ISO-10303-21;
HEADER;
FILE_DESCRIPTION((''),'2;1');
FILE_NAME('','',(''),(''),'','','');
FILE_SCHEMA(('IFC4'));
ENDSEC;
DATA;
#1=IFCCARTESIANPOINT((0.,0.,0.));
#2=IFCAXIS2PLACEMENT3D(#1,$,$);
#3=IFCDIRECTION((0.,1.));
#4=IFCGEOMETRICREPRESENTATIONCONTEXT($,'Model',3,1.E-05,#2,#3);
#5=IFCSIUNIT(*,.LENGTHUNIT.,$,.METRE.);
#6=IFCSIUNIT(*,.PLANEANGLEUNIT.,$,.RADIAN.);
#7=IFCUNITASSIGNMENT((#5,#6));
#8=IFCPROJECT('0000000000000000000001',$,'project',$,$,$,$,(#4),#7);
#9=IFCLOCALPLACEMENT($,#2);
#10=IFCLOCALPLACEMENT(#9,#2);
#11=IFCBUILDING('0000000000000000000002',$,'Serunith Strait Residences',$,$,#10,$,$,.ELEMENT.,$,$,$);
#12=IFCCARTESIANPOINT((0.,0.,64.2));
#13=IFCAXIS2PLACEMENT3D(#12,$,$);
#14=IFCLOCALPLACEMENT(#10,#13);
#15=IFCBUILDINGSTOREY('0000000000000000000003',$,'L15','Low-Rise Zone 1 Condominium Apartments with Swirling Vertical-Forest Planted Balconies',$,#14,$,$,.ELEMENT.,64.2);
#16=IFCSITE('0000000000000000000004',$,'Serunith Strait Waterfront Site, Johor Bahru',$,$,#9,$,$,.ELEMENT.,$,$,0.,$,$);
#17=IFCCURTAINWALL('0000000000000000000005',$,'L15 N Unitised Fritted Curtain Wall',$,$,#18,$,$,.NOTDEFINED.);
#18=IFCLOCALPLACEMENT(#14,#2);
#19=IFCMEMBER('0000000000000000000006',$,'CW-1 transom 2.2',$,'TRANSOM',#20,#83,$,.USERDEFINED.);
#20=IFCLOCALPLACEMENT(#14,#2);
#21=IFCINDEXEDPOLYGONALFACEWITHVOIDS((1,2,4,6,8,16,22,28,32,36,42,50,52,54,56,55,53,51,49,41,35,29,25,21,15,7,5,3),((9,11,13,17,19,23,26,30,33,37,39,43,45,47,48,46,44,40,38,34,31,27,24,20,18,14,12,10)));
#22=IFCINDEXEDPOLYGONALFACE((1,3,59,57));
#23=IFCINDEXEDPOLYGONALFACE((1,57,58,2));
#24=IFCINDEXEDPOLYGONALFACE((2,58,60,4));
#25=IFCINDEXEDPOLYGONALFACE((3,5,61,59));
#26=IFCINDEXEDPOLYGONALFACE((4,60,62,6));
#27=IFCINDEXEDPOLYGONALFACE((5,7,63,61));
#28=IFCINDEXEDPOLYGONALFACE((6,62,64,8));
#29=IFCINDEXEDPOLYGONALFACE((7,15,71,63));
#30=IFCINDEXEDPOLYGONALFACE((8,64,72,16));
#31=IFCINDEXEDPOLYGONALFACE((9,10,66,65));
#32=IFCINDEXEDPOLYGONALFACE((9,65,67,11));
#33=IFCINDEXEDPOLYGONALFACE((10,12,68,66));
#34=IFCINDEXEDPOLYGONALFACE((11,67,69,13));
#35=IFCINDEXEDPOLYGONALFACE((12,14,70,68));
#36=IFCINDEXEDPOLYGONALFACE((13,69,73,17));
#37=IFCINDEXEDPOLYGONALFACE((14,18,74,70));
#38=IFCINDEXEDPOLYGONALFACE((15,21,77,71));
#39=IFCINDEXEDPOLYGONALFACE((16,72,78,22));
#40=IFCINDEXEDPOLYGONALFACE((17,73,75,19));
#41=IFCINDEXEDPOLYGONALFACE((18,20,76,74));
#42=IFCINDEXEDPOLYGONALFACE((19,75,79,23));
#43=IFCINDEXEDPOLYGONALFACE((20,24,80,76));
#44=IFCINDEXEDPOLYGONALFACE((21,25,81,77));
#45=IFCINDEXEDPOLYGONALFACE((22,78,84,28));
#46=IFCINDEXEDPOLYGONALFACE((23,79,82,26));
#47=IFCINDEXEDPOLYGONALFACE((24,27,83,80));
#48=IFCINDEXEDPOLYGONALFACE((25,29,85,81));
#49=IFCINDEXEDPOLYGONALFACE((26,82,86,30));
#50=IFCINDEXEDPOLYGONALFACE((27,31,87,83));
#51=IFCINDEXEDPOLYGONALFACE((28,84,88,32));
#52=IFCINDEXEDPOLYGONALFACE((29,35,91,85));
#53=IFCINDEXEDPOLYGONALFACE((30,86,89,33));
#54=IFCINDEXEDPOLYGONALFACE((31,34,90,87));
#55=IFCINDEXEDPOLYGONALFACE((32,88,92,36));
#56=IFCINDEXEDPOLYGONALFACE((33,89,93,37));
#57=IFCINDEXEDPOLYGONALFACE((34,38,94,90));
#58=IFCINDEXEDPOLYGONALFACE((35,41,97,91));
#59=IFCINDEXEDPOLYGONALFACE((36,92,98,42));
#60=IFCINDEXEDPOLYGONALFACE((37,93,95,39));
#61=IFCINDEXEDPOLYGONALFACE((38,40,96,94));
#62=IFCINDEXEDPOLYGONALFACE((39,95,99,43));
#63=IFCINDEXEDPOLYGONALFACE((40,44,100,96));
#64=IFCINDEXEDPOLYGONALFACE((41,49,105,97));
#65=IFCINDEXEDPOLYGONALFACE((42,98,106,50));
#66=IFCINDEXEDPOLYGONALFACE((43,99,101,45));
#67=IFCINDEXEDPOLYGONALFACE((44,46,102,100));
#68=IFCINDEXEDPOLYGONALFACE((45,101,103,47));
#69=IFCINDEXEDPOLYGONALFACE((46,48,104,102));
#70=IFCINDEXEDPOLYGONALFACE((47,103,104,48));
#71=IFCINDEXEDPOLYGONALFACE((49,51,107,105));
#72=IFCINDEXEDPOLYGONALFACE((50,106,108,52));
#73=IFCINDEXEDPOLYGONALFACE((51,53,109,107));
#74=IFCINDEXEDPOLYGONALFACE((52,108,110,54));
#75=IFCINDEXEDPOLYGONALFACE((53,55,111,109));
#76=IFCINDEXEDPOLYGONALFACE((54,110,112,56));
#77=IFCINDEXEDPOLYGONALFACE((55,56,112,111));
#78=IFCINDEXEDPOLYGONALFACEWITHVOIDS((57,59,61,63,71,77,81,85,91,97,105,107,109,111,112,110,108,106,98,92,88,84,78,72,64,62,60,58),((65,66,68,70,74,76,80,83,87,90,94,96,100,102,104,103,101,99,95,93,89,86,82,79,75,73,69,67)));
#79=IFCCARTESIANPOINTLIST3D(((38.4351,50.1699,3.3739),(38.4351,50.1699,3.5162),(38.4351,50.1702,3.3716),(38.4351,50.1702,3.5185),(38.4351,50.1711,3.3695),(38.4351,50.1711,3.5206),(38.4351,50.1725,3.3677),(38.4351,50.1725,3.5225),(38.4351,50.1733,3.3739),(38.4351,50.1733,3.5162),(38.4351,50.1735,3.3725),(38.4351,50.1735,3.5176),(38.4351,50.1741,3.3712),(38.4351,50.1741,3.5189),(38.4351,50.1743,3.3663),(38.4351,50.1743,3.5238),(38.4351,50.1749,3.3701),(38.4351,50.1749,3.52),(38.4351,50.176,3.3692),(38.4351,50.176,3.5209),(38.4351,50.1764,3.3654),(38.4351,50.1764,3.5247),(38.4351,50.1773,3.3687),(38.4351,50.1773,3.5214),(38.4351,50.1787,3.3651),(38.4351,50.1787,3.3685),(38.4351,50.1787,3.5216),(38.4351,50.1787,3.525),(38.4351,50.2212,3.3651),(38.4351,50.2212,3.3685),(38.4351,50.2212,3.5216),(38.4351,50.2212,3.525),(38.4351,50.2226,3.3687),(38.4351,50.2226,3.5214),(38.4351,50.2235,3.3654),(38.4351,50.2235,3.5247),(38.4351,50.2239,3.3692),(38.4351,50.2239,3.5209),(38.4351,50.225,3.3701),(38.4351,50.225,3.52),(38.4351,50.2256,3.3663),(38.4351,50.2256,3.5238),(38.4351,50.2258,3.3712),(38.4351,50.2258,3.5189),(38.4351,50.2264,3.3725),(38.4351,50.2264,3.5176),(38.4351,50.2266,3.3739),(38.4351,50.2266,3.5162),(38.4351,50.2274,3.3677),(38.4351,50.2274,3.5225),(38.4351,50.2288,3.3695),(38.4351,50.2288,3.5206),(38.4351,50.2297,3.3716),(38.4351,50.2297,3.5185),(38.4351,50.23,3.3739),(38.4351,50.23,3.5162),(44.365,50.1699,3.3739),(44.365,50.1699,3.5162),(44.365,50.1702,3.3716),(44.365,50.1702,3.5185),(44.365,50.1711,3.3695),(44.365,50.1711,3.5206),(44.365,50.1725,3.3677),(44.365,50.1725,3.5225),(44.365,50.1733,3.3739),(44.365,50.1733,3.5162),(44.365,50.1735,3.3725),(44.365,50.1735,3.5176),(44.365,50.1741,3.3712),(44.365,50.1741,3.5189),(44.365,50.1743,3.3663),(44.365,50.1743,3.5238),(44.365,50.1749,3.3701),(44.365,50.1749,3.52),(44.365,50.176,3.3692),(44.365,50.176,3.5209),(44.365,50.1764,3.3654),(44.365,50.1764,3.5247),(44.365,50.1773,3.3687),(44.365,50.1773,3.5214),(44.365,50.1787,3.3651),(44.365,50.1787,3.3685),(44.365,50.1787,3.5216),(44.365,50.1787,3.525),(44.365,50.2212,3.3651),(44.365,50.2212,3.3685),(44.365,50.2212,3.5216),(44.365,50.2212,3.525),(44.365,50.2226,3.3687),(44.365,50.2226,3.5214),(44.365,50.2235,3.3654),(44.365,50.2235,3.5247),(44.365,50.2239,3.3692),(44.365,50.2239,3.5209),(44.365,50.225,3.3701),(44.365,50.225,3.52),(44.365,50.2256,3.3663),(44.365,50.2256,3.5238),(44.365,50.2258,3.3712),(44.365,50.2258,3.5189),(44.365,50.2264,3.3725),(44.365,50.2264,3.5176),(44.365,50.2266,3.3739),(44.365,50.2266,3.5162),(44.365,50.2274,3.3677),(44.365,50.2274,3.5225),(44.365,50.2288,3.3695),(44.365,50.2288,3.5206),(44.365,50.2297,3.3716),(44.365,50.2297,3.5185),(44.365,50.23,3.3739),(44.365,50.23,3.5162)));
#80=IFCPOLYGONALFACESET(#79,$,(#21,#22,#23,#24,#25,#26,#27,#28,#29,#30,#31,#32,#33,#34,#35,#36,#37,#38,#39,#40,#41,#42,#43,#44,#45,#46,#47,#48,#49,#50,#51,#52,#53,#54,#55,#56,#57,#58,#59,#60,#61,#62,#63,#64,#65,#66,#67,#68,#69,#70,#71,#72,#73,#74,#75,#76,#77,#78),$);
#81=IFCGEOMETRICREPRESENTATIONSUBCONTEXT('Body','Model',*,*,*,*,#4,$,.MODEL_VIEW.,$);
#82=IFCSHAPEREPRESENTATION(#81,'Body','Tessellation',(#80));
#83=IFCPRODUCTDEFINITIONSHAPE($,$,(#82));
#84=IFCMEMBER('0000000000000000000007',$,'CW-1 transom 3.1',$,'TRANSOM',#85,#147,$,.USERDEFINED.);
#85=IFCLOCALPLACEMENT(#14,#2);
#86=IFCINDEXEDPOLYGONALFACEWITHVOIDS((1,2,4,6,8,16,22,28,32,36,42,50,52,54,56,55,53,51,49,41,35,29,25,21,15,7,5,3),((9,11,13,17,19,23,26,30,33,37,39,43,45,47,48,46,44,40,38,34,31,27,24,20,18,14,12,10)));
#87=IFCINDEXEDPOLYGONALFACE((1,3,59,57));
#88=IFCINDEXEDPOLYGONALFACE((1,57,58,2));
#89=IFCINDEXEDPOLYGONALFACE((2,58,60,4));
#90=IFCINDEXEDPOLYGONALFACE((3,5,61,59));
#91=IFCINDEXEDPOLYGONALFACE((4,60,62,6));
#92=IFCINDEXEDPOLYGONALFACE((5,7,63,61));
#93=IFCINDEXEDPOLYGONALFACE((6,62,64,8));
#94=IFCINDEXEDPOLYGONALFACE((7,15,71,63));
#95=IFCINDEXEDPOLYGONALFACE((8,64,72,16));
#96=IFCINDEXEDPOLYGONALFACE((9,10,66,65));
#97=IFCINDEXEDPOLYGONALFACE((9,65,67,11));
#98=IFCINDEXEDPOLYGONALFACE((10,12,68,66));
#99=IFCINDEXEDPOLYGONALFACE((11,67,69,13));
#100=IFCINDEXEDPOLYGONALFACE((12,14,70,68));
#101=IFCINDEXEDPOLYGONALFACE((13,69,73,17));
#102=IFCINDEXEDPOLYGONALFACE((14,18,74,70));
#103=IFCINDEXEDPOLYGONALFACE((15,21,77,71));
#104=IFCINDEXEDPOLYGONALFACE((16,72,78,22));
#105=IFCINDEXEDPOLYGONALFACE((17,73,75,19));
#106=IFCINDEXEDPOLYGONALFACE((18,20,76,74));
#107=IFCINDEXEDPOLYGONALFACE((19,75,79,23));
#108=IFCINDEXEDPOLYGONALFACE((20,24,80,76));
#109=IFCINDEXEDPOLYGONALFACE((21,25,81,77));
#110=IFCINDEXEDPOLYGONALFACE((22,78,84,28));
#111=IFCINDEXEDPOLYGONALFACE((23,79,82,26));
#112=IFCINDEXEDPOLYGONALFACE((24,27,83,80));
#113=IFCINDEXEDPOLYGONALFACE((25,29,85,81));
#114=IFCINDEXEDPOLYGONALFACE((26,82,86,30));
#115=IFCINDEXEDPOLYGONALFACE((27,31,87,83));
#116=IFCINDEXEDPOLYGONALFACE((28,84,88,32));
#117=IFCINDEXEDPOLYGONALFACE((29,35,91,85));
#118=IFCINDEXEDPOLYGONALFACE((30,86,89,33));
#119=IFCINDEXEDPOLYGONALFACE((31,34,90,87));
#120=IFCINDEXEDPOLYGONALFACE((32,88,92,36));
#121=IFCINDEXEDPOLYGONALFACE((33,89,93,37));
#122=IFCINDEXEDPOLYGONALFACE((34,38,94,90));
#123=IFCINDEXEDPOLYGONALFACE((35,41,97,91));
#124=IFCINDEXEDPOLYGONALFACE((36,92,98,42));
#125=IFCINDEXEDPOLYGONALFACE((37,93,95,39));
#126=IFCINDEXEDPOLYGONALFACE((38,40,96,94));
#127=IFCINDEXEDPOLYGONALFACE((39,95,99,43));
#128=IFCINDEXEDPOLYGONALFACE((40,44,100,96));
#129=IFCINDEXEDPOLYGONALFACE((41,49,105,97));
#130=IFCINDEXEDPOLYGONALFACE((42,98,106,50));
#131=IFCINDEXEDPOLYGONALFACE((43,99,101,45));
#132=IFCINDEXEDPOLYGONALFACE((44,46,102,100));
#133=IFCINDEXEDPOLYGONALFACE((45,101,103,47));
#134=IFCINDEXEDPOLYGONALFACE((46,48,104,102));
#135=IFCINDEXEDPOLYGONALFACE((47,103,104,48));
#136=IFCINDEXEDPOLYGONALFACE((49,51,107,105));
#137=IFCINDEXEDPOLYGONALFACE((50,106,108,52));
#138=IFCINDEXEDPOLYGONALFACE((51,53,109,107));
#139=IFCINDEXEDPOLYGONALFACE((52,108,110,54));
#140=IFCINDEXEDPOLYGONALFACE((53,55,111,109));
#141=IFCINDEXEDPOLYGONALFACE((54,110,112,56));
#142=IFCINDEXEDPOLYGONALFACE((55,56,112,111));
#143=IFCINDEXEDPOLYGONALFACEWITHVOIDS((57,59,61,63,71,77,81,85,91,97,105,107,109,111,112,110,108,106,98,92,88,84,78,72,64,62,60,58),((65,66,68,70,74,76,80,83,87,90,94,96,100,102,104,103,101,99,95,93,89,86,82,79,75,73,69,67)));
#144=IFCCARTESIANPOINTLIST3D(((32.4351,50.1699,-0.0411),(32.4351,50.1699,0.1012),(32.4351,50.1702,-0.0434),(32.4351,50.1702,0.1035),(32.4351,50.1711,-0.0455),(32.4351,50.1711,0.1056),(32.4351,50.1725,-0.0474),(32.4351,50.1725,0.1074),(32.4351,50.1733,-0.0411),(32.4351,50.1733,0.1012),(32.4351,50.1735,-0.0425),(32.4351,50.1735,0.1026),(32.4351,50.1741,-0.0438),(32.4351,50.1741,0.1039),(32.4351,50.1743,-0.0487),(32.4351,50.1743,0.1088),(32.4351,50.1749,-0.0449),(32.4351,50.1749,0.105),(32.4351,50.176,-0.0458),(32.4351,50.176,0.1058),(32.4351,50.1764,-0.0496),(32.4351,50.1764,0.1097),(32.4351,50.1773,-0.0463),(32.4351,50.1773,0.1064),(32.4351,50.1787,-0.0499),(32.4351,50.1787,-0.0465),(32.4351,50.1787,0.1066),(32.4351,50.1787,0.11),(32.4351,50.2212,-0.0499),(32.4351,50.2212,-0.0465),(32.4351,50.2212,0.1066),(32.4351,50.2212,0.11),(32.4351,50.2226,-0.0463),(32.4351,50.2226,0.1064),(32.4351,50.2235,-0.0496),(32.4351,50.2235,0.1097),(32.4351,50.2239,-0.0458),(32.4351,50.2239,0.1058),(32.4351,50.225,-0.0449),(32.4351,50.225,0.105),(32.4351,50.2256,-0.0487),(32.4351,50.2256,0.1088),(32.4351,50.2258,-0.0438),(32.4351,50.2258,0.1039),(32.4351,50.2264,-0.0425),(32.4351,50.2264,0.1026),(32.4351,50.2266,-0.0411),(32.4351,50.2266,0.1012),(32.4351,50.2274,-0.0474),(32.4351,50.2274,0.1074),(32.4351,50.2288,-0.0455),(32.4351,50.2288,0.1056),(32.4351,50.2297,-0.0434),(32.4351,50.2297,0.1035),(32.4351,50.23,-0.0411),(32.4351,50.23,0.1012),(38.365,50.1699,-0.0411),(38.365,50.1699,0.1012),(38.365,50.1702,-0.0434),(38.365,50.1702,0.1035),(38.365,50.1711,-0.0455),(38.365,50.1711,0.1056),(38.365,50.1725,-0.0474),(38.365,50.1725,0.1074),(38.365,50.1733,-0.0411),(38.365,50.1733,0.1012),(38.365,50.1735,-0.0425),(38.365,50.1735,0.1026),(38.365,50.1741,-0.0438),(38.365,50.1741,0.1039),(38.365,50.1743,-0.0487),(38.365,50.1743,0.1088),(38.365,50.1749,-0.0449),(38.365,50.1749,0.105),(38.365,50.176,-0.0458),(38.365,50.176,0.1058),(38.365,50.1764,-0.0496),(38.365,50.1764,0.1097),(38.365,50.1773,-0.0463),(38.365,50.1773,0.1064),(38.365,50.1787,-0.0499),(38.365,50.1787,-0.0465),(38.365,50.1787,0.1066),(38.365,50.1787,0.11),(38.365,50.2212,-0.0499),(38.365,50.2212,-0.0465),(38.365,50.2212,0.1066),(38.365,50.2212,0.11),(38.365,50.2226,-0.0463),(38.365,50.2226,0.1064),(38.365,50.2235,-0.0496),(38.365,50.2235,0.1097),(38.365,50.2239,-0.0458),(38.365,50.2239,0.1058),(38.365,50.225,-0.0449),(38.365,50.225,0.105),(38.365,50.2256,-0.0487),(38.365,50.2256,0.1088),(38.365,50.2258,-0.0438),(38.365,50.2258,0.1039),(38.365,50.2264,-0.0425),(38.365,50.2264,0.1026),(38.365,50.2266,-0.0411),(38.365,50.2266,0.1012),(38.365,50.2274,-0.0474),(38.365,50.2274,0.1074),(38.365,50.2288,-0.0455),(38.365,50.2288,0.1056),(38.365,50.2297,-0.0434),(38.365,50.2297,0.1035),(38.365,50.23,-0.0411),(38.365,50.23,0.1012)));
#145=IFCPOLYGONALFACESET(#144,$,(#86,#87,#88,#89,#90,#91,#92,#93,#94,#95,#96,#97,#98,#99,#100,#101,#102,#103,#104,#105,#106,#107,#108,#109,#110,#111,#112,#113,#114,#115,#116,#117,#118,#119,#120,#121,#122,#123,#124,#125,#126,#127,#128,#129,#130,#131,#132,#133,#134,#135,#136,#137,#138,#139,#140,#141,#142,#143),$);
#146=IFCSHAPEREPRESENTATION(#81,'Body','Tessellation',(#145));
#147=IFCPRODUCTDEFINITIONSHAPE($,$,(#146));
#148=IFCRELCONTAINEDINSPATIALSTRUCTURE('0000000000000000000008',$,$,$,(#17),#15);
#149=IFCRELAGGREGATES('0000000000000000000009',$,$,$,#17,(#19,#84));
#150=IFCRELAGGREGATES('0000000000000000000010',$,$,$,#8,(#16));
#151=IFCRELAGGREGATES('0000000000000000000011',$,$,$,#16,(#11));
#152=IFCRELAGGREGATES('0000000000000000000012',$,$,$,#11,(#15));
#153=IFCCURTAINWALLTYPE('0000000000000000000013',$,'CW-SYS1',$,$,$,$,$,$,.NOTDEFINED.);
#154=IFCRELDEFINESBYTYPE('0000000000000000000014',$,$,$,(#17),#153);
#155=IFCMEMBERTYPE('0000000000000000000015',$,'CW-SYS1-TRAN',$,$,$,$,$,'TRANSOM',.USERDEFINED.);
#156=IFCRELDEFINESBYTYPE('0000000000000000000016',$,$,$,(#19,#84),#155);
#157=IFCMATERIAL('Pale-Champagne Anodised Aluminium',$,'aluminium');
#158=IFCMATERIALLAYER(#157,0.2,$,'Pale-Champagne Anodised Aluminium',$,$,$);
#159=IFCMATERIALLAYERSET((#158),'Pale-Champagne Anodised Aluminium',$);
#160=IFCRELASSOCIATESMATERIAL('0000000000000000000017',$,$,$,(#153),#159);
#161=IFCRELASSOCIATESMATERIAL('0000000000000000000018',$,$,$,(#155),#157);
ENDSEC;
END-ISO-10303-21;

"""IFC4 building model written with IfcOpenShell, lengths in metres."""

from ifc_helpers import new_model, si_unit, direction, frame, origin, origin_2d, place, context, subcontext, project, spatial, hollow_rectangle, extrude, source, transform, mapped, material, layer, layer_set, material_profile, profile_set, type_object, element, aggregate, save


model = new_model("IFC4")

# Units and contexts
model_context = context("Model", 3, precision=1e-05, world=origin(), true_north=direction((0.0, 1.0)))
body_context = subcontext(model_context, "Body", "Model", "MODEL_VIEW")
ifc_project = project(units=[si_unit("LENGTHUNIT", "METRE"), si_unit("PLANEANGLEUNIT", "RADIAN")], contexts=[model_context])

# Site, building, storey
site_placement = place(None, origin())
site = spatial("IfcSite", under=ifc_project, at=site_placement, Name="Serunith Strait Waterfront Site, Johor Bahru", CompositionType="ELEMENT", RefElevation=0.0)
building_placement = place(site_placement, origin())
building = spatial("IfcBuilding", under=site, at=building_placement, Name="Serunith Strait Residences", CompositionType="ELEMENT")
storey_placement = place(building_placement, frame((0.0, 0.0, 64.2)))
storey = spatial("IfcBuildingStorey", under=building, at=storey_placement, Name="L15", Description="Low-Rise Zone 1 Condominium Apartments with Swirling Vertical-Forest Planted Balconies", CompositionType="ELEMENT", Elevation=64.2)

# Curtain wall, members
ifc_material_1 = material(Name="Pale-Champagne Anodised Aluminium", Category="aluminium")
ifc_layer_1 = layer(ifc_material_1, 0.2, Name="Pale-Champagne Anodised Aluminium")
ifc_layer_set_1 = layer_set([ifc_layer_1], Name="Pale-Champagne Anodised Aluminium")
curtain_wall_type = type_object("IfcCurtainWallType", Name="CW-SYS1", PredefinedType="NOTDEFINED", material=ifc_layer_set_1)
curtain_wall_placement = place(storey_placement, origin())
curtain_wall = element("IfcCurtainWall", 1, at=curtain_wall_placement, inside=storey, type_object=curtain_wall_type, Name="L15 N Unitised Fritted Curtain Wall", PredefinedType="NOTDEFINED")
ifc_material_profile_1 = material_profile(ifc_material_1, hollow_rectangle(XDim=0.0601, YDim=0.1599, WallThickness=0.0034, InnerFilletRadius=0.0054, OuterFilletRadius=0.0088, at=origin_2d()), Name="ALU 160x60x3.5")
ifc_profile_set_1 = profile_set([ifc_material_profile_1], Name="Pale-Champagne Anodised Aluminium")
member_type_1 = type_object("IfcMemberType", Name="CW-SYS1-TRAN", ElementType="TRANSOM", PredefinedType="USERDEFINED", material=ifc_profile_set_1)
shared_shape_1 = source(origin(), body_context, "Body", "SweptSolid", [
    extrude(hollow_rectangle(XDim=0.0601, YDim=0.1599, WallThickness=0.0034, InnerFilletRadius=0.0054, OuterFilletRadius=0.0088, at=origin_2d()), origin(), (0.0, 0.0, 1.0), 5.9299),
])
member_1_placement = place(storey_placement, frame((44.365, 50.2, 3.4451), z_axis=(-1.0, 0.0, 0.0), x_axis=(0.0, -1.0, 0.0)))
member_1 = element("IfcMember", 2, at=member_1_placement, type_object=member_type_1, Name="CW-1 transom 2.2", ObjectType="TRANSOM", PredefinedType="USERDEFINED", context=body_context, shape_type="MappedRepresentation", body=[
    mapped(shared_shape_1, transform((0.0, 0.0, 0.0), scale=1.0)),
])
member_2_placement = place(storey_placement, frame((38.365, 50.2, 0.03), z_axis=(-1.0, 0.0, 0.0), x_axis=(0.0, -1.0, 0.0)))
member_2 = element("IfcMember", 3, at=member_2_placement, type_object=member_type_1, Name="CW-1 transom 3.1", ObjectType="TRANSOM", PredefinedType="USERDEFINED", context=body_context, shape_type="MappedRepresentation", body=[
    mapped(shared_shape_1, transform((0.0, 0.0, 0.0), scale=1.0)),
])
aggregate(curtain_wall, [member_1, member_2])

save(model, "model.ifc")
